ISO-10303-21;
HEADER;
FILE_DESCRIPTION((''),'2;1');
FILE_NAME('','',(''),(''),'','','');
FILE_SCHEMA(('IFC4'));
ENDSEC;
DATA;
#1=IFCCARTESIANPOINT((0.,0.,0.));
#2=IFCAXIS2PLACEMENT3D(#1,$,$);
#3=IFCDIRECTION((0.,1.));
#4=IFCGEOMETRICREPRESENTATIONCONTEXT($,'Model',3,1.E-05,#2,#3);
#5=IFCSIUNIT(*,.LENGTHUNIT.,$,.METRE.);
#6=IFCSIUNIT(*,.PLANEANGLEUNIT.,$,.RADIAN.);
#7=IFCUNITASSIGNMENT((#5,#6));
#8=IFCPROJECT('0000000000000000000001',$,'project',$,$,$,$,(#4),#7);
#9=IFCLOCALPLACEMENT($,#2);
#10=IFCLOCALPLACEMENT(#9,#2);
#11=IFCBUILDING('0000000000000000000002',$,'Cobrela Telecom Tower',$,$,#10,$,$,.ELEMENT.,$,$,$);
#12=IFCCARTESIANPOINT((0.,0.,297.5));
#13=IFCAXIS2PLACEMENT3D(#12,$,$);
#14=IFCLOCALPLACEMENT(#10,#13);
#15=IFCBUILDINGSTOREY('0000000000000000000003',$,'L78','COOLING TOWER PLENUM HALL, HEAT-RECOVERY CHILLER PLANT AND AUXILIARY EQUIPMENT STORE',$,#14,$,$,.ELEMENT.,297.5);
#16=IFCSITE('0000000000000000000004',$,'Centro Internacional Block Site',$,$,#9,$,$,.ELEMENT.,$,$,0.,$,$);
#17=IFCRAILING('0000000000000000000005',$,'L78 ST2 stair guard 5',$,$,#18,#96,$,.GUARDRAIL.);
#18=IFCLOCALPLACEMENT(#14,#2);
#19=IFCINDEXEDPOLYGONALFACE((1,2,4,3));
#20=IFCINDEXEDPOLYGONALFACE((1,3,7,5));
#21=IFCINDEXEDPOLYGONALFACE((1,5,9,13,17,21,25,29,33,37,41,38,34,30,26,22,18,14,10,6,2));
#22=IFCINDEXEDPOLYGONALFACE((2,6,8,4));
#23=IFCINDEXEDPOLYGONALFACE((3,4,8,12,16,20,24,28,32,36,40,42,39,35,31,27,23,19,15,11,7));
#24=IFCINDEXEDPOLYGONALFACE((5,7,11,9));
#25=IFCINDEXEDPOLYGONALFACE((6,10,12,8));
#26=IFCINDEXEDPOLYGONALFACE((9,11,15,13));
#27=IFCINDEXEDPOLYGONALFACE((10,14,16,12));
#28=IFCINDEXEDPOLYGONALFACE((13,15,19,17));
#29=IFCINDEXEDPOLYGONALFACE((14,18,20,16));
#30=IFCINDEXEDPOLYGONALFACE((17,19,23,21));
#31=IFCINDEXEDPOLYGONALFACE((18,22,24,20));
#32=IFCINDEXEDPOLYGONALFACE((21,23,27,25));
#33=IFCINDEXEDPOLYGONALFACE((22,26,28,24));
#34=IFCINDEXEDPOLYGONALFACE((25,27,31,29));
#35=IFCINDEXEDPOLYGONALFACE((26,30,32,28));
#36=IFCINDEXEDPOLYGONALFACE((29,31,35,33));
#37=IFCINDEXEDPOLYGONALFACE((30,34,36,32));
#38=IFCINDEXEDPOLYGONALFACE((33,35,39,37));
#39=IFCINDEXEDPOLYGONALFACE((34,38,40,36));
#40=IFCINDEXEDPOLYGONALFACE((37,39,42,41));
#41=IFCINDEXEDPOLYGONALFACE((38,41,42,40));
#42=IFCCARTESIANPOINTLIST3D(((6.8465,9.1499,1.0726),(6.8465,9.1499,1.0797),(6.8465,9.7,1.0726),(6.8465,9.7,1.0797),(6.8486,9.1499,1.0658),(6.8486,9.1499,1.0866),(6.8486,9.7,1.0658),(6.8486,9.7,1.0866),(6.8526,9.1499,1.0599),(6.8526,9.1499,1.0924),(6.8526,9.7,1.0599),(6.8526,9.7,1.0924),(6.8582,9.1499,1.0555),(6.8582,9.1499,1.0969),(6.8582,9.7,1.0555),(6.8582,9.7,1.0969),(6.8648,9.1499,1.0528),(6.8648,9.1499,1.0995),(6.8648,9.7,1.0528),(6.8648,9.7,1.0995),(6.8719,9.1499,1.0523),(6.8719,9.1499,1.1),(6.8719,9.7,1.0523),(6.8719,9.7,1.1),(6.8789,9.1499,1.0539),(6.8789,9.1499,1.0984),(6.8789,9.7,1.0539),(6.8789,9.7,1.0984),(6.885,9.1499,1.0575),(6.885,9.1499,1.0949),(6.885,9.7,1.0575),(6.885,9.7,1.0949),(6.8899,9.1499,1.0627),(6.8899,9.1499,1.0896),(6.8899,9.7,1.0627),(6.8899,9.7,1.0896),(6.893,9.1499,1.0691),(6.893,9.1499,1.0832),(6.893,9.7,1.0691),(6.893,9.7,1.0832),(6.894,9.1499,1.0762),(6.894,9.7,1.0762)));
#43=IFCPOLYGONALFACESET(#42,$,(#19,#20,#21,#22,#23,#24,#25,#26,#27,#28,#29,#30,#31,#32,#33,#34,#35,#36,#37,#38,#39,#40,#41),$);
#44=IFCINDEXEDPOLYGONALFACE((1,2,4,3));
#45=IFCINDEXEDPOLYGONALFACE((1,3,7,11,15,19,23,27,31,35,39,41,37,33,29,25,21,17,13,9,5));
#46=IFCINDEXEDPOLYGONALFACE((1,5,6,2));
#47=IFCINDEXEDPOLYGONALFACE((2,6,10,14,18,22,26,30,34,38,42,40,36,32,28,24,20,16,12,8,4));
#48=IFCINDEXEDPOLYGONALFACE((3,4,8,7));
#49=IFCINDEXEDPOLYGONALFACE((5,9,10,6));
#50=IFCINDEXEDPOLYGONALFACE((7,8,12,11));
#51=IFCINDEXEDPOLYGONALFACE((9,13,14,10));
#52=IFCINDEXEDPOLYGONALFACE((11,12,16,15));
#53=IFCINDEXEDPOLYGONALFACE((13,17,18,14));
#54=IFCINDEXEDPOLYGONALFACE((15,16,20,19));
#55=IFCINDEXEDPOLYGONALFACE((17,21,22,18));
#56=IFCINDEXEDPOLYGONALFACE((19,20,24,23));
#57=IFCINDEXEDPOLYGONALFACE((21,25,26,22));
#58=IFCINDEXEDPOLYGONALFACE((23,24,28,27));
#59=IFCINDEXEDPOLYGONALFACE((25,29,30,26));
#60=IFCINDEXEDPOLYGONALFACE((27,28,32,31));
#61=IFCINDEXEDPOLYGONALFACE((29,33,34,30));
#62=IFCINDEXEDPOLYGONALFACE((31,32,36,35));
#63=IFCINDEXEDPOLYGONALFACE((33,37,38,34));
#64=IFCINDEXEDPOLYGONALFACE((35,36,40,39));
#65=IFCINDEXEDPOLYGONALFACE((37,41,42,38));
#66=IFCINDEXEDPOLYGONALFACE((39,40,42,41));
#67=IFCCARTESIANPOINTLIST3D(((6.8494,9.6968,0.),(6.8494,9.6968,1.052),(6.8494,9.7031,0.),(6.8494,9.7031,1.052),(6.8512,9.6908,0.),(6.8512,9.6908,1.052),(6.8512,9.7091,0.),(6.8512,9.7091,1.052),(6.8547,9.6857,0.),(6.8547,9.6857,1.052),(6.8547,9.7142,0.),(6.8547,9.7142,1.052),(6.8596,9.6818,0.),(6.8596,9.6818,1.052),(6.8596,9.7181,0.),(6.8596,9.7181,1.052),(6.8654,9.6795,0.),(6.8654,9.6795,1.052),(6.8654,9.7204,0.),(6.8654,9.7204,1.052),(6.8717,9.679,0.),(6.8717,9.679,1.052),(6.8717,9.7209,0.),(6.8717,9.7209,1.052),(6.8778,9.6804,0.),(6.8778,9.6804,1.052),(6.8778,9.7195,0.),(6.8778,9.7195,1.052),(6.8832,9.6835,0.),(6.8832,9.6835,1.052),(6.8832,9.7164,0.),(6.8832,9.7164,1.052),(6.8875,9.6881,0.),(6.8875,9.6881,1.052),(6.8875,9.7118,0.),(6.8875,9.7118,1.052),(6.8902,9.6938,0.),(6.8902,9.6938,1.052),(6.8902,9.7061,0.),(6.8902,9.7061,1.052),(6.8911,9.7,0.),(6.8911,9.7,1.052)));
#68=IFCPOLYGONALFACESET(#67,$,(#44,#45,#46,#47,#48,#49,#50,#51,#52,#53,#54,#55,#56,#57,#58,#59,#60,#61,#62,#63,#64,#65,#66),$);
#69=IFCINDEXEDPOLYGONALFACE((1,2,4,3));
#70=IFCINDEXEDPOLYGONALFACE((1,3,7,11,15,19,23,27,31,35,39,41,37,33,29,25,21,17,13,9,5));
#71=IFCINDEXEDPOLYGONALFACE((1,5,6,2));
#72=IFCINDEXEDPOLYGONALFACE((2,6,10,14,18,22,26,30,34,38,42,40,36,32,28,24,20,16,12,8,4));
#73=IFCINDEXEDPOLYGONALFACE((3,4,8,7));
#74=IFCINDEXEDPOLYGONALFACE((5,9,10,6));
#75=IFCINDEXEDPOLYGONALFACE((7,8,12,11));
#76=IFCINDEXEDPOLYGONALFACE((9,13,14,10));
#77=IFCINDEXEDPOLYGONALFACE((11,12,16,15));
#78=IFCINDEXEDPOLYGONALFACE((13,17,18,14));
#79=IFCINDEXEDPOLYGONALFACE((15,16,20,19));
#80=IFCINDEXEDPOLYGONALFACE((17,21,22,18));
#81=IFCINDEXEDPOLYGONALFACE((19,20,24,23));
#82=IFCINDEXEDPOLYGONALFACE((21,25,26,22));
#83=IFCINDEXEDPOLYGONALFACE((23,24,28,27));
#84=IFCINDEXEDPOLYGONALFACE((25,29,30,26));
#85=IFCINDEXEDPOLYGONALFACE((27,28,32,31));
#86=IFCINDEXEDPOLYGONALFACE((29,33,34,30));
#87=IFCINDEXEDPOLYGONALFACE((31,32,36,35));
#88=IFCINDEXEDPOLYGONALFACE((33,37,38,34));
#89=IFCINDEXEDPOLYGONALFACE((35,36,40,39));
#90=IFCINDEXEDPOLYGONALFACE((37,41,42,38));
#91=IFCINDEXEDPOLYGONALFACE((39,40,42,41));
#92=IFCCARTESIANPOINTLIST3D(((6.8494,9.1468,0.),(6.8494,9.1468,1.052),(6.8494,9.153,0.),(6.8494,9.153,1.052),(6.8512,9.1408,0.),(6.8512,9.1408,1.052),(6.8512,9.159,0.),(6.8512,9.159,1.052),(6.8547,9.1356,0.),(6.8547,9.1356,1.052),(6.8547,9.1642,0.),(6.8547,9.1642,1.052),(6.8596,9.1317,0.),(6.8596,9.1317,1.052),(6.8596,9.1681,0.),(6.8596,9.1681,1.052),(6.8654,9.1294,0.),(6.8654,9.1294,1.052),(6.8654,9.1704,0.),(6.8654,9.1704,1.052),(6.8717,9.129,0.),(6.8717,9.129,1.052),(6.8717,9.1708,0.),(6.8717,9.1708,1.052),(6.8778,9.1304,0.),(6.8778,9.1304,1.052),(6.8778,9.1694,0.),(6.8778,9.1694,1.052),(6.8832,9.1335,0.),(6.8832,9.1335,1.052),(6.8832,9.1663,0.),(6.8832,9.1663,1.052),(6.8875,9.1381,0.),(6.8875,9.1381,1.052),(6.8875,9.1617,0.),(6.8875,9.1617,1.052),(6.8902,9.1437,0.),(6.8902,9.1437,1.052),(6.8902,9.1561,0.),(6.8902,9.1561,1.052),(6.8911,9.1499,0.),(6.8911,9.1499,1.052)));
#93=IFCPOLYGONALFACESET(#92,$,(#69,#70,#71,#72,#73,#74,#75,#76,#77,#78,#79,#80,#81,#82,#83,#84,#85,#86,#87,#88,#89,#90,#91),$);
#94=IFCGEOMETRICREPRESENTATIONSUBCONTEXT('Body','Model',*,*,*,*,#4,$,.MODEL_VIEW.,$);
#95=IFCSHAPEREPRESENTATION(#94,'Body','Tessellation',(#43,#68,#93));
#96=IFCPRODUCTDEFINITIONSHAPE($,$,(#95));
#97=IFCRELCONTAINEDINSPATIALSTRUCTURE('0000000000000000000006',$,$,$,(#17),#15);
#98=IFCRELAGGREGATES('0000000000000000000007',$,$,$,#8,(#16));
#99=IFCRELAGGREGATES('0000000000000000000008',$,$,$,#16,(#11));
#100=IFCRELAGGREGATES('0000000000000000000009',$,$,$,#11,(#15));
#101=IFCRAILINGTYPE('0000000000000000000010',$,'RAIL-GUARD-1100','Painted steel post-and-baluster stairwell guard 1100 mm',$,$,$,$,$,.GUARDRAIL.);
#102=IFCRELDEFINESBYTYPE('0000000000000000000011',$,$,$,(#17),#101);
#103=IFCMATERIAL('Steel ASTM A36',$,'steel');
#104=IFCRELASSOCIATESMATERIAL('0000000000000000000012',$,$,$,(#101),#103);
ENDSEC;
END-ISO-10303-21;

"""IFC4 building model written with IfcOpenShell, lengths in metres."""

from ifc_helpers import new_model, si_unit, direction, frame, origin, origin_2d, place, context, subcontext, project, spatial, circle, extrude, material, type_object, element, save


model = new_model("IFC4")

# Units and contexts
model_context = context("Model", 3, precision=1e-05, world=origin(), true_north=direction((0.0, 1.0)))
body_context = subcontext(model_context, "Body", "Model", "MODEL_VIEW")
ifc_project = project(units=[si_unit("LENGTHUNIT", "METRE"), si_unit("PLANEANGLEUNIT", "RADIAN")], contexts=[model_context])

# Site, building, storey
site_placement = place(None, origin())
site = spatial("IfcSite", under=ifc_project, at=site_placement, Name="Centro Internacional Block Site", CompositionType="ELEMENT", RefElevation=0.0)
building_placement = place(site_placement, origin())
building = spatial("IfcBuilding", under=site, at=building_placement, Name="Cobrela Telecom Tower", CompositionType="ELEMENT")
storey_placement = place(building_placement, frame((0.0, 0.0, 297.5)))
storey = spatial("IfcBuildingStorey", under=building, at=storey_placement, Name="L78", Description="COOLING TOWER PLENUM HALL, HEAT-RECOVERY CHILLER PLANT AND AUXILIARY EQUIPMENT STORE", CompositionType="ELEMENT", Elevation=297.5)

# Shared definitions
ifc_material_1 = material(Name="Steel ASTM A36", Category="steel")

# Railing
railing_type_1 = type_object("IfcRailingType", Name="RAIL-GUARD-1100", Description="Painted steel post-and-baluster stairwell guard 1100 mm", PredefinedType="GUARDRAIL", material=ifc_material_1)
railing_1_placement = place(storey_placement, frame((6.8701, 9.7, 0.0)))
element("IfcRailing", 1, at=railing_1_placement, inside=storey, type_object=railing_type_1, Name="L78 ST2 stair guard 5", PredefinedType="GUARDRAIL", context=body_context, shape_type="SweptSolid", body=[
    extrude(circle(Radius=0.0239, at=origin_2d()), frame((0.0, 0.0, 1.0762), z_axis=(0.0, -1.0, 0.0), x_axis=(1.0, 0.0, 0.0)), (0.0, 0.0, 1.0), 0.55),
    extrude(circle(Radius=0.021, at=origin_2d()), origin(), (0.0, 0.0, 1.0), 1.052),
    extrude(circle(Radius=0.021, at=origin_2d()), frame((0.0, -0.55, 0.0)), (0.0, 0.0, 1.0), 1.052),
])

save(model, "model.ifc")
